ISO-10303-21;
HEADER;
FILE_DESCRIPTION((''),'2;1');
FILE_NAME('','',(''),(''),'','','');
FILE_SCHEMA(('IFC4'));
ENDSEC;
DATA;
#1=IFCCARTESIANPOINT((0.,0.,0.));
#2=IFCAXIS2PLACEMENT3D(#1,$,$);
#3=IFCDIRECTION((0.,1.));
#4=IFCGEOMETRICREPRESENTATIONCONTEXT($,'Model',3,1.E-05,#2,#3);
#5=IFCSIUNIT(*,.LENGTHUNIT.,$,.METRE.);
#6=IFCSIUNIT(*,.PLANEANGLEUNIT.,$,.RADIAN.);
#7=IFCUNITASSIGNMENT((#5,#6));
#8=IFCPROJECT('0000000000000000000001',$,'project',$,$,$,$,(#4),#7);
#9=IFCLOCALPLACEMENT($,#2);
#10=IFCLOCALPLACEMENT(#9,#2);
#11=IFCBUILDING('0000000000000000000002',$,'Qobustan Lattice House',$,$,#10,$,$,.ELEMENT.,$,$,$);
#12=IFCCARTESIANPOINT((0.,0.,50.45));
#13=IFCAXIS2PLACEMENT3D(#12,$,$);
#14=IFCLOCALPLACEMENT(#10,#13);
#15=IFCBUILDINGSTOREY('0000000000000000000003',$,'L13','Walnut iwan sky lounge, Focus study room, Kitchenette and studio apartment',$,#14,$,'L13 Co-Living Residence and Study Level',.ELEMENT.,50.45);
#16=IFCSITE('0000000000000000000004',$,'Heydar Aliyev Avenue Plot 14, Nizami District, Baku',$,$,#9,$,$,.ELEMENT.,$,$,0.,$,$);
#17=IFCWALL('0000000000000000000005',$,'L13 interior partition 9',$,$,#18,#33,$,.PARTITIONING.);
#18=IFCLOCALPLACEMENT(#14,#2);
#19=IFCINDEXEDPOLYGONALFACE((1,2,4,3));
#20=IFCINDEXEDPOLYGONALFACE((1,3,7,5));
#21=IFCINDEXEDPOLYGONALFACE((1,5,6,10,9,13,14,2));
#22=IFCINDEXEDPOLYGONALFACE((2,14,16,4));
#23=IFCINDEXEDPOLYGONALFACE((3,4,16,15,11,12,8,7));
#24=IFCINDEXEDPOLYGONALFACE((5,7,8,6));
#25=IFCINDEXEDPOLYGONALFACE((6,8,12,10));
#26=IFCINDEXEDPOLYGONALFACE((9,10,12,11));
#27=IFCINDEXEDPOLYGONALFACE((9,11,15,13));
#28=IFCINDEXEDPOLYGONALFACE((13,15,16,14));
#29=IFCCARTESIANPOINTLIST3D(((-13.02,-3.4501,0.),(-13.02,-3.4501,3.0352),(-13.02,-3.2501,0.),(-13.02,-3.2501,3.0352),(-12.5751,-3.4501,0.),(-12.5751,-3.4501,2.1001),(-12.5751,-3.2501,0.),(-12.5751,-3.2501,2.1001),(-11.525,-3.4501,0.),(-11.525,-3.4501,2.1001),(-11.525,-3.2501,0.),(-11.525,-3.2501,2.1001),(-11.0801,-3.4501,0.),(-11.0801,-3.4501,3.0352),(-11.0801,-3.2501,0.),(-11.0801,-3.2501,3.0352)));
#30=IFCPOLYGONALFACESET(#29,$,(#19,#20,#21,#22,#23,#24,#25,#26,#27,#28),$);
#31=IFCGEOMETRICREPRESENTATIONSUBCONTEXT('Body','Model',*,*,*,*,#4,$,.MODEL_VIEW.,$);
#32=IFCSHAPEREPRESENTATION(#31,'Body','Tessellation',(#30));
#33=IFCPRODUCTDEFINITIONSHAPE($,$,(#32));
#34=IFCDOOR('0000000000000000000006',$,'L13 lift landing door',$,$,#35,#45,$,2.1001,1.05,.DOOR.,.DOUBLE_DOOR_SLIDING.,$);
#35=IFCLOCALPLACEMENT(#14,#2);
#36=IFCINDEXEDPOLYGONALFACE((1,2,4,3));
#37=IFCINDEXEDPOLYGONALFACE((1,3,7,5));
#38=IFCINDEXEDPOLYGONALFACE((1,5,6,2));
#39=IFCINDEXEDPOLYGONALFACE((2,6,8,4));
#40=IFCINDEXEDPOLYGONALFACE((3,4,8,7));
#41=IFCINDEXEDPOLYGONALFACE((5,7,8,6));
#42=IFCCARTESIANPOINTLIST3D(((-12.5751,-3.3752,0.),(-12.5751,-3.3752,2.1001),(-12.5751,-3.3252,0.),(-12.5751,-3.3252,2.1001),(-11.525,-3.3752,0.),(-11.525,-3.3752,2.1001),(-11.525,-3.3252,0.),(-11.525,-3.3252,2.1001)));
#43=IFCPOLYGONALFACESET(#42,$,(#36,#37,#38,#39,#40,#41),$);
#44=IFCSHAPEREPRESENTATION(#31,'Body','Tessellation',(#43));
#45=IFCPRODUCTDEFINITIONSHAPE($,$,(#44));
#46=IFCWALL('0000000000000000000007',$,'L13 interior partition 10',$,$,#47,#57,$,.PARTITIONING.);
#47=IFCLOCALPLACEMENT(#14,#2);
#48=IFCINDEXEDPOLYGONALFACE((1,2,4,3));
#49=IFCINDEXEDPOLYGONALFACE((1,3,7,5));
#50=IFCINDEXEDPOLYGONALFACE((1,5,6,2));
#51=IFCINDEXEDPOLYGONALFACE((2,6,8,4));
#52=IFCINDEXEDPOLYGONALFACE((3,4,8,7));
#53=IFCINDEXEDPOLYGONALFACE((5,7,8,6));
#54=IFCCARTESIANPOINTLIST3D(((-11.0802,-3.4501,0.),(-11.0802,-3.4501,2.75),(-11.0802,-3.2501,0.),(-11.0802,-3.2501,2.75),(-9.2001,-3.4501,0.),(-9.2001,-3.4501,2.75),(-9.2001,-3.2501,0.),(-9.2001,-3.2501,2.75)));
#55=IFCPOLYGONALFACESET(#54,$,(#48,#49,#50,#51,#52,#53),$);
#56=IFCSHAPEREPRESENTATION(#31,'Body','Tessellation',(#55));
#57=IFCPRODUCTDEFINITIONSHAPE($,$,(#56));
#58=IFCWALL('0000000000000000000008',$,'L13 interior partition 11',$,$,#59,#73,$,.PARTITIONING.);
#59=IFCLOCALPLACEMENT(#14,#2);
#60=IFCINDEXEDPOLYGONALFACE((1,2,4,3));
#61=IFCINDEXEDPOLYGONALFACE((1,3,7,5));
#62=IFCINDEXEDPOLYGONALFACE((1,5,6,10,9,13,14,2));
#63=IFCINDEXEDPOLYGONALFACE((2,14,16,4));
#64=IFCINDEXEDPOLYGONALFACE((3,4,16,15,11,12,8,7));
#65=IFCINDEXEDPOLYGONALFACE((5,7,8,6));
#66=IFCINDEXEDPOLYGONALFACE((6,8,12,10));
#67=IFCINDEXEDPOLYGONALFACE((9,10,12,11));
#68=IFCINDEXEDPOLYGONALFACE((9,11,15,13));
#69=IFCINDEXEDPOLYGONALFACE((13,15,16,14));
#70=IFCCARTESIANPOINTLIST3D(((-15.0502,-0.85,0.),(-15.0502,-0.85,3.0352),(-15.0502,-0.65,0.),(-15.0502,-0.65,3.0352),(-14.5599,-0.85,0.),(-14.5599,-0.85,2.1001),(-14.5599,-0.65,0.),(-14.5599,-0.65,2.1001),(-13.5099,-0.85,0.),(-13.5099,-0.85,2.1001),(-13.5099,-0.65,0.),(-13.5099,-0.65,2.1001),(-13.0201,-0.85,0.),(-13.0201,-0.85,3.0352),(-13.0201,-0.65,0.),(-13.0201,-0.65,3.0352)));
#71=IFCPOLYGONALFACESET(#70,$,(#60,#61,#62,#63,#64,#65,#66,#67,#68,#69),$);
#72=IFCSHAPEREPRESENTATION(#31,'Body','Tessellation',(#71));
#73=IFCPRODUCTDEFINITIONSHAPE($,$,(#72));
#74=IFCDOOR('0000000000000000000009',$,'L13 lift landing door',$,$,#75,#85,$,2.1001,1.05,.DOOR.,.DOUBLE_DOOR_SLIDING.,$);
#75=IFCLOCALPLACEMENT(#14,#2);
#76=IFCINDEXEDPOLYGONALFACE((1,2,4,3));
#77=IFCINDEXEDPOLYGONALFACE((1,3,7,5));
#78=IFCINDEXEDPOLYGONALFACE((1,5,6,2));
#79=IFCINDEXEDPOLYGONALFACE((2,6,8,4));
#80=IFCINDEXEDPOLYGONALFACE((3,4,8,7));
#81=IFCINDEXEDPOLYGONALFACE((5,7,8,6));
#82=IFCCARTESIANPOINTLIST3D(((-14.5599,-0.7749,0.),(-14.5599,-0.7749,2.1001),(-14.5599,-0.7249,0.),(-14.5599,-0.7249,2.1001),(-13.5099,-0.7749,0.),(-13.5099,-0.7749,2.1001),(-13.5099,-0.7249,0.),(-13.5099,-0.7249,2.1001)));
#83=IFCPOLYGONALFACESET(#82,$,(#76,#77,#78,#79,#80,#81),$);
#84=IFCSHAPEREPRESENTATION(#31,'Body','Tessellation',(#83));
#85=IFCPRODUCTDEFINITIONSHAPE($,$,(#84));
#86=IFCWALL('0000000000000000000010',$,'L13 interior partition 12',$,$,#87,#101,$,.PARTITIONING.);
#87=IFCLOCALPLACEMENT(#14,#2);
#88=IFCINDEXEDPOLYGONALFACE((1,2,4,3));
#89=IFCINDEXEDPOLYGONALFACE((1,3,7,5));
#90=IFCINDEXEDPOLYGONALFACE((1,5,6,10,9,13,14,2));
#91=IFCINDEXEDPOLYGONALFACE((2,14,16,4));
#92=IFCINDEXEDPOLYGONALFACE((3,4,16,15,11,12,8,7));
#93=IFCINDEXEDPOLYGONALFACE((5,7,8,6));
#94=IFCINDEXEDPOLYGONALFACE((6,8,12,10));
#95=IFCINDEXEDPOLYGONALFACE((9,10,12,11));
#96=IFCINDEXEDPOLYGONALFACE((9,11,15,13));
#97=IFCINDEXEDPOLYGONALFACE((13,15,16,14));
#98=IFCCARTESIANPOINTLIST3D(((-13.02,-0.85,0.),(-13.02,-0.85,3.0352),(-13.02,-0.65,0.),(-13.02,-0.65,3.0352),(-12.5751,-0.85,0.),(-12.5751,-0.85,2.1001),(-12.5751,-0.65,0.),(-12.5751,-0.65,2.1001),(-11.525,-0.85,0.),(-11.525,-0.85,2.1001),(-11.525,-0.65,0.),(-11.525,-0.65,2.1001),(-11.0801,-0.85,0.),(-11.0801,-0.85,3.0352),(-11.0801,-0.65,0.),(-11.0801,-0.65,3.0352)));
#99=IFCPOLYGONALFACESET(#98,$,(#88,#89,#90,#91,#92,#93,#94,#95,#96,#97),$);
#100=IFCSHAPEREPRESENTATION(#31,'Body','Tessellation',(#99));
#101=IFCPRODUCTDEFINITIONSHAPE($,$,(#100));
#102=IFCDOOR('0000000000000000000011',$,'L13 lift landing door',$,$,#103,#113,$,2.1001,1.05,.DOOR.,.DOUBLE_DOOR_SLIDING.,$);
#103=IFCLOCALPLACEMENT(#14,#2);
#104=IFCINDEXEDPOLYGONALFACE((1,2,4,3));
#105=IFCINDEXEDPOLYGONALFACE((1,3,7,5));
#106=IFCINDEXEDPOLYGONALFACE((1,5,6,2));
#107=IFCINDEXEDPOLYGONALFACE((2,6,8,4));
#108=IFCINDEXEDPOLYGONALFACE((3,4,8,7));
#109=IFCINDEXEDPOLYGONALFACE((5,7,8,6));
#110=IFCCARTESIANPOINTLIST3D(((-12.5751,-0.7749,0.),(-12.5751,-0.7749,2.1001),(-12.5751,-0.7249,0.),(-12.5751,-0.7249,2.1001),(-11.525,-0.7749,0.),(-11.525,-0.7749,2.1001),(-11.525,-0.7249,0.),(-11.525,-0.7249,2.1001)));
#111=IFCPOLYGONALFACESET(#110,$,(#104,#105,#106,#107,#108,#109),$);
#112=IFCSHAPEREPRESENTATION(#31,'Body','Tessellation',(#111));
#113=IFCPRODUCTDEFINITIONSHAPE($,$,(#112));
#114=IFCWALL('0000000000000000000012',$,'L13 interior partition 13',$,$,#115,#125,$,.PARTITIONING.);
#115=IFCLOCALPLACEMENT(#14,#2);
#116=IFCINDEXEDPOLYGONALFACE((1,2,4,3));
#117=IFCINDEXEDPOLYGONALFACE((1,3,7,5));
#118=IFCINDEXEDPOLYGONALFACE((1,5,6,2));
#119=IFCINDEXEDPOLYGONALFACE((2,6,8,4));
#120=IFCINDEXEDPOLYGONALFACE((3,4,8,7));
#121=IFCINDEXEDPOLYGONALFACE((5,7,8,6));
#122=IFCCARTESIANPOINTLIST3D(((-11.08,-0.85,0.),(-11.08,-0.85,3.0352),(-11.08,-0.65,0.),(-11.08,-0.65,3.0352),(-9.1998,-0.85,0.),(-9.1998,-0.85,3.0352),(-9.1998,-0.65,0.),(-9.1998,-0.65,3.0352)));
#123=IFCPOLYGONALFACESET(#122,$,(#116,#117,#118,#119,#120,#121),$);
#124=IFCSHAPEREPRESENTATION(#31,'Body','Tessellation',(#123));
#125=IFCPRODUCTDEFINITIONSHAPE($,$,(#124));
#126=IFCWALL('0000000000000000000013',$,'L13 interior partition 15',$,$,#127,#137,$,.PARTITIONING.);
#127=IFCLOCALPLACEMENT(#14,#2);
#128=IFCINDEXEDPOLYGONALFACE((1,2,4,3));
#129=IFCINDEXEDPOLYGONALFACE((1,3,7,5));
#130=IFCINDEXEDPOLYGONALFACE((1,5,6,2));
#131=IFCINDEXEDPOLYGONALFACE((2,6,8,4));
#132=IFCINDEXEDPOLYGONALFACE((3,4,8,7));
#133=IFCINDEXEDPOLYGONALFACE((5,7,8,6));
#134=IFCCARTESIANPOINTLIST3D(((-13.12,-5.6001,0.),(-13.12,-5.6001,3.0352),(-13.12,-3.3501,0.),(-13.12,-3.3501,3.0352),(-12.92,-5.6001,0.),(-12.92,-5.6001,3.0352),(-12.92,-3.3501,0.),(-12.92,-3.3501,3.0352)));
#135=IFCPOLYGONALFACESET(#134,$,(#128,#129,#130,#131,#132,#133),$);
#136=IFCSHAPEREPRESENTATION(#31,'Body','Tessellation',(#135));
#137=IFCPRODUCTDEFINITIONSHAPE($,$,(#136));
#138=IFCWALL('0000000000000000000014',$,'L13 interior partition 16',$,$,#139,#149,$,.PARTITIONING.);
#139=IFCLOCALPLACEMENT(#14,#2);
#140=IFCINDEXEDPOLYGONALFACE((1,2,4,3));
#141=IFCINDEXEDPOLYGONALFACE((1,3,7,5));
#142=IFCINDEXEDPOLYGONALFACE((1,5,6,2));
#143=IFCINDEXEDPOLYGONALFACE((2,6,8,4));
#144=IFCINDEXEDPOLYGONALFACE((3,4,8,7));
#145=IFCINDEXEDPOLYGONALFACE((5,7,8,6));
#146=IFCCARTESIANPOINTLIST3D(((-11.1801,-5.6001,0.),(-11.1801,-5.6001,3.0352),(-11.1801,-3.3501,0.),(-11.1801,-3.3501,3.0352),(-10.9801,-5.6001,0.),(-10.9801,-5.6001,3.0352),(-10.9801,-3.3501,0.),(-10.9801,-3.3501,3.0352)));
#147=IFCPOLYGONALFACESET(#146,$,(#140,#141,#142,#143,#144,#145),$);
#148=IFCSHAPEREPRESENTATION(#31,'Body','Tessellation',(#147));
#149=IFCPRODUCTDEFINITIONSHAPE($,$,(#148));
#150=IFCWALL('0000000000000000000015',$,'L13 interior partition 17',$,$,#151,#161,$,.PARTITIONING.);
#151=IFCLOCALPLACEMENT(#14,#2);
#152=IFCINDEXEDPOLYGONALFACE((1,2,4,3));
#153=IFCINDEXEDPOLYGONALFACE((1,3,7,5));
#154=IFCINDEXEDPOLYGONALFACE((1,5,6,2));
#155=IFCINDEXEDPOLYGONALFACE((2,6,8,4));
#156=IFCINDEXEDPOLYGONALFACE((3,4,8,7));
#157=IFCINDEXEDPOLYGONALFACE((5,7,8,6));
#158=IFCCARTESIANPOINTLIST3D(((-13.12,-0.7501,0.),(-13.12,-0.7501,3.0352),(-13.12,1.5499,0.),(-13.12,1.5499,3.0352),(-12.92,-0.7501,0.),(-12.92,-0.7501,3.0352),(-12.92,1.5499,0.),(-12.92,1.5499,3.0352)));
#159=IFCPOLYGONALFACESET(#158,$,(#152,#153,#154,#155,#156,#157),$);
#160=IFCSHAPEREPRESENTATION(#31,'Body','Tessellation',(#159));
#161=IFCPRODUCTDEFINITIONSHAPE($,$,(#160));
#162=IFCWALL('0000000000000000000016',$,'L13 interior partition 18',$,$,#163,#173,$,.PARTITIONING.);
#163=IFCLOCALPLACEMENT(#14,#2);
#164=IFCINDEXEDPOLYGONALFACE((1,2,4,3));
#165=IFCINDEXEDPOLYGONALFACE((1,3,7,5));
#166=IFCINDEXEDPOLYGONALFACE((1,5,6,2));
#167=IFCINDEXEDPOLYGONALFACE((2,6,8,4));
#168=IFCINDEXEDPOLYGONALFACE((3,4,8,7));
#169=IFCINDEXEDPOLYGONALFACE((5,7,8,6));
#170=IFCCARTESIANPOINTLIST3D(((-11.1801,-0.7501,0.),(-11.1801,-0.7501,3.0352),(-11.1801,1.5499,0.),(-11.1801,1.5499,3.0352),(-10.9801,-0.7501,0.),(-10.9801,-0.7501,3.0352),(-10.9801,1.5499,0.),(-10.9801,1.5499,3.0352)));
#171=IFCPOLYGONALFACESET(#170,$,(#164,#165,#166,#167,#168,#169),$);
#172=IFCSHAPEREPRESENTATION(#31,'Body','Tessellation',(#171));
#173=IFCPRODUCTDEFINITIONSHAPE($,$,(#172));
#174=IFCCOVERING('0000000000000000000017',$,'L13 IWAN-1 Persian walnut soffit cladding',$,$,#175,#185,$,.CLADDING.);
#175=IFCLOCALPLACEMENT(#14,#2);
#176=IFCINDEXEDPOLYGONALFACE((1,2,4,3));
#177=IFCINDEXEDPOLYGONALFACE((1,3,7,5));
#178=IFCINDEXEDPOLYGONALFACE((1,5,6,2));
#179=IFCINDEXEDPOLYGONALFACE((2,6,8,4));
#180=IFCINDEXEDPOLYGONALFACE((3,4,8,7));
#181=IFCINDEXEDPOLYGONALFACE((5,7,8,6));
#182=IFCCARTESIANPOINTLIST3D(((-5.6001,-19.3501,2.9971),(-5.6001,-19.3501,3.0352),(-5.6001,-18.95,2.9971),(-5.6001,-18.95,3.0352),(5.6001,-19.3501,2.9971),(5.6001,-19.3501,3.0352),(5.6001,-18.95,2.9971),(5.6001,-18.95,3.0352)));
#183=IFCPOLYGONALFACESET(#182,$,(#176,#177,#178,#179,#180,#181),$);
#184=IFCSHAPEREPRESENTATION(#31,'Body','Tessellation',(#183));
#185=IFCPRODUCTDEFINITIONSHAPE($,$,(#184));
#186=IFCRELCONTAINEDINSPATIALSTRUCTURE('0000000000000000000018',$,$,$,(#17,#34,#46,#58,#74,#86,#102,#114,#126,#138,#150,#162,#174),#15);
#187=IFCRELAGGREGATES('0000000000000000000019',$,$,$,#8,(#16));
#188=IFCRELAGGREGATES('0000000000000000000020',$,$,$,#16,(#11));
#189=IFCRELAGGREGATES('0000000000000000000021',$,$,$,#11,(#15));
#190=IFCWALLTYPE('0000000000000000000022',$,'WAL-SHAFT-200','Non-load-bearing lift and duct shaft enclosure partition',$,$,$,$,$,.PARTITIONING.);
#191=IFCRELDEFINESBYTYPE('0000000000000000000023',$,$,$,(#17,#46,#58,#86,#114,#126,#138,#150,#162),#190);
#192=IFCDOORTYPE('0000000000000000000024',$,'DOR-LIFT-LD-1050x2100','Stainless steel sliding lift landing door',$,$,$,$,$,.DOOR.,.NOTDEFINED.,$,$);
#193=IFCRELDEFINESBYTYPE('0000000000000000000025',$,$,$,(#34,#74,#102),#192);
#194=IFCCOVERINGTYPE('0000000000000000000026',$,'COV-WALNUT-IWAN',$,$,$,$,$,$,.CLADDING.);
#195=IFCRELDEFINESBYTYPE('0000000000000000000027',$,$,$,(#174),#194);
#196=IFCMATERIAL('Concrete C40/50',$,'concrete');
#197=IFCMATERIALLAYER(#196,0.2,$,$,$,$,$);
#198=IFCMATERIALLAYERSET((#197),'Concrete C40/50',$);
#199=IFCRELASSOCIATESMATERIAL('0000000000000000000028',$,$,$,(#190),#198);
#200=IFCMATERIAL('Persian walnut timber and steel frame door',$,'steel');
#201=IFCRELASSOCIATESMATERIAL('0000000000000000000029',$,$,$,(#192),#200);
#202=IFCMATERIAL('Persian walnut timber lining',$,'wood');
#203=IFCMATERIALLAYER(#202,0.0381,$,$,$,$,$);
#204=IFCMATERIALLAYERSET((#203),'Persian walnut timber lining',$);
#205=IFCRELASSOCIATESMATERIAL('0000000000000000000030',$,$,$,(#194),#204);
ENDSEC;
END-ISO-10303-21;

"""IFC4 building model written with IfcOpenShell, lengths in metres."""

from ifc_helpers import new_model, si_unit, direction, frame, frame_2d, origin, place, context, subcontext, project, spatial, polyline, rectangle, outline, extrude, material, layer, layer_set, type_object, element, fill, save


model = new_model("IFC4")

# Units and contexts
model_context = context("Model", 3, precision=1e-05, world=origin(), true_north=direction((0.0, 1.0)))
body_context = subcontext(model_context, "Body", "Model", "MODEL_VIEW")
ifc_project = project(units=[si_unit("LENGTHUNIT", "METRE"), si_unit("PLANEANGLEUNIT", "RADIAN")], contexts=[model_context])

# Site, building, storey
site_placement = place(None, origin())
site = spatial("IfcSite", under=ifc_project, at=site_placement, Name="Heydar Aliyev Avenue Plot 14, Nizami District, Baku", CompositionType="ELEMENT", RefElevation=0.0)
building_placement = place(site_placement, origin())
building = spatial("IfcBuilding", under=site, at=building_placement, Name="Qobustan Lattice House", CompositionType="ELEMENT")
storey_placement = place(building_placement, frame((0.0, 0.0, 50.45)))
storey = spatial("IfcBuildingStorey", under=building, at=storey_placement, Name="L13", Description="Walnut iwan sky lounge, Focus study room, Kitchenette and studio apartment", LongName="L13 Co-Living Residence and Study Level", CompositionType="ELEMENT", Elevation=50.45)

# Wall, opening, door
ifc_material_1 = material(Name="Concrete C40/50", Category="concrete")
ifc_layer_1 = layer(ifc_material_1, 0.2)
ifc_layer_set_1 = layer_set([ifc_layer_1], Name="Concrete C40/50")
wall_type_1 = type_object("IfcWallType", Name="WAL-SHAFT-200", Description="Non-load-bearing lift and duct shaft enclosure partition", PredefinedType="PARTITIONING", material=ifc_layer_set_1)
ifc_material_2 = material(Name="Persian walnut timber and steel frame door", Category="steel")
door_type_1 = type_object("IfcDoorType", Name="DOR-LIFT-LD-1050x2100", Description="Stainless steel sliding lift landing door", OperationType="NOTDEFINED", PredefinedType="DOOR", material=ifc_material_2)
wall_1_placement = place(storey_placement, frame((-13.02, -3.3501, 0.0), z_axis=(0.0, 0.0, 1.0), x_axis=(1.0, 0.0, 0.0)))
wall_1 = element("IfcWall", 1, at=wall_1_placement, inside=storey, type_object=wall_type_1, Name="L13 interior partition 9", PredefinedType="PARTITIONING", context=body_context, shape_type="SweptSolid", body=[
    extrude(rectangle(XDim=1.9399, YDim=0.2, at=frame_2d((0.97, 0.0))), origin(), (0.0, 0.0, 1.0), 3.0352),
])
opening_1_placement = place(wall_1_placement, frame((0.4451, 0.0, 0.0)))
opening_1 = element("IfcOpeningElement", 2, at=opening_1_placement, cuts=wall_1, PredefinedType="OPENING", context=body_context, shape_type="SweptSolid", body=[
    extrude(rectangle(XDim=1.05, YDim=2.1001, at=frame_2d((0.5249, 1.05))), frame((0.0, 0.1099, 0.0), z_axis=(0.0, -1.0, 0.0), x_axis=(1.0, 0.0, 0.0)), (0.0, 0.0, 1.0), 0.22),
])
door_1_placement = place(opening_1_placement, origin())
door_1 = element("IfcDoor", 3, at=door_1_placement, inside=storey, type_object=door_type_1, Name="L13 lift landing door", OperationType="DOUBLE_DOOR_SLIDING", OverallHeight=2.1001, OverallWidth=1.05, PredefinedType="DOOR", context=body_context, shape_type="SweptSolid", body=[
    extrude(rectangle(XDim=1.05, YDim=2.1001, at=frame_2d((0.5249, 1.05))), frame((0.0, 0.0249, 0.0), z_axis=(0.0, -1.0, 0.0), x_axis=(1.0, 0.0, 0.0)), (0.0, 0.0, 1.0), 0.05),
])
fill(opening_1, door_1)

# Wall
wall_2_placement = place(storey_placement, frame((-11.0801, -3.3501, 0.0), z_axis=(0.0, 0.0, 1.0), x_axis=(1.0, 0.0, 0.0)))
element("IfcWall", 4, at=wall_2_placement, inside=storey, type_object=wall_type_1, Name="L13 interior partition 10", PredefinedType="PARTITIONING", context=body_context, shape_type="SweptSolid", body=[
    extrude(rectangle(XDim=1.8801, YDim=0.2, at=frame_2d((0.9399, 0.0))), origin(), (0.0, 0.0, 1.0), 2.75),
])

# Walls, openings, doors
wall_3_placement = place(storey_placement, frame((-13.02, -0.75, 0.0), z_axis=(0.0, 0.0, 1.0), x_axis=(-1.0, 0.0, 0.0)))
wall_3 = element("IfcWall", 5, at=wall_3_placement, inside=storey, type_object=wall_type_1, Name="L13 interior partition 11", PredefinedType="PARTITIONING", context=body_context, shape_type="SweptSolid", body=[
    extrude(rectangle(XDim=2.03, YDim=0.2, at=frame_2d((1.0151, 0.0))), origin(), (0.0, 0.0, 1.0), 3.0352),
])
opening_2_placement = place(wall_3_placement, frame((0.49, 0.0, 0.0)))
opening_2 = element("IfcOpeningElement", 6, at=opening_2_placement, cuts=wall_3, PredefinedType="OPENING", context=body_context, shape_type="SweptSolid", body=[
    extrude(rectangle(XDim=1.05, YDim=2.1001, at=frame_2d((0.5249, 1.05))), frame((0.0, 0.1099, 0.0), z_axis=(0.0, -1.0, 0.0), x_axis=(1.0, 0.0, 0.0)), (0.0, 0.0, 1.0), 0.22),
])
door_2_placement = place(opening_2_placement, origin())
door_2 = element("IfcDoor", 7, at=door_2_placement, inside=storey, type_object=door_type_1, Name="L13 lift landing door", OperationType="DOUBLE_DOOR_SLIDING", OverallHeight=2.1001, OverallWidth=1.05, PredefinedType="DOOR", context=body_context, shape_type="SweptSolid", body=[
    extrude(rectangle(XDim=1.05, YDim=2.1001, at=frame_2d((0.5249, 1.05))), frame((0.0, 0.0249, 0.0), z_axis=(0.0, -1.0, 0.0), x_axis=(1.0, 0.0, 0.0)), (0.0, 0.0, 1.0), 0.05),
])
fill(opening_2, door_2)
wall_4_placement = place(storey_placement, frame((-11.0801, -0.75, 0.0), z_axis=(0.0, 0.0, 1.0), x_axis=(-1.0, 0.0, 0.0)))
wall_4 = element("IfcWall", 8, at=wall_4_placement, inside=storey, type_object=wall_type_1, Name="L13 interior partition 12", PredefinedType="PARTITIONING", context=body_context, shape_type="SweptSolid", body=[
    extrude(rectangle(XDim=1.9399, YDim=0.2, at=frame_2d((0.97, 0.0))), origin(), (0.0, 0.0, 1.0), 3.0352),
])
opening_3_placement = place(wall_4_placement, frame((0.4451, 0.0, 0.0)))
opening_3 = element("IfcOpeningElement", 9, at=opening_3_placement, cuts=wall_4, PredefinedType="OPENING", context=body_context, shape_type="SweptSolid", body=[
    extrude(rectangle(XDim=1.05, YDim=2.1001, at=frame_2d((0.5249, 1.05))), frame((0.0, 0.1099, 0.0), z_axis=(0.0, -1.0, 0.0), x_axis=(1.0, 0.0, 0.0)), (0.0, 0.0, 1.0), 0.22),
])
door_3_placement = place(opening_3_placement, origin())
door_3 = element("IfcDoor", 10, at=door_3_placement, inside=storey, type_object=door_type_1, Name="L13 lift landing door", OperationType="DOUBLE_DOOR_SLIDING", OverallHeight=2.1001, OverallWidth=1.05, PredefinedType="DOOR", context=body_context, shape_type="SweptSolid", body=[
    extrude(rectangle(XDim=1.05, YDim=2.1001, at=frame_2d((0.5249, 1.05))), frame((0.0, 0.0249, 0.0), z_axis=(0.0, -1.0, 0.0), x_axis=(1.0, 0.0, 0.0)), (0.0, 0.0, 1.0), 0.05),
])
fill(opening_3, door_3)

# Walls
wall_5_placement = place(storey_placement, frame((-9.2, -0.75, 0.0), z_axis=(0.0, 0.0, 1.0), x_axis=(-1.0, 0.0, 0.0)))
element("IfcWall", 11, at=wall_5_placement, inside=storey, type_object=wall_type_1, Name="L13 interior partition 13", PredefinedType="PARTITIONING", context=body_context, shape_type="SweptSolid", body=[
    extrude(rectangle(XDim=1.8801, YDim=0.2, at=frame_2d((0.9399, 0.0))), origin(), (0.0, 0.0, 1.0), 3.0352),
])
for number, where, z_axis, x_axis, name in (
    (12, (-13.02, -5.6001, 0.0), (0.0, 0.0, 1.0), (0.0, 1.0, 0.0), "L13 interior partition 15"),
    (13, (-11.0801, -5.6001, 0.0), (0.0, 0.0, 1.0), (0.0, 1.0, 0.0), "L13 interior partition 16"),
):
    element("IfcWall", number, at=place(storey_placement, frame(where, z_axis=z_axis, x_axis=x_axis)), inside=storey, type_object=wall_type_1, Name=name, PredefinedType="PARTITIONING", context=body_context, shape_type="SweptSolid", body=[
        extrude(rectangle(XDim=2.25, YDim=0.2, at=frame_2d((1.125, 0.0))), origin(), (0.0, 0.0, 1.0), 3.0352),
    ])
for number, where, z_axis, x_axis, name in (
    (14, (-13.02, -0.75, 0.0), (0.0, 0.0, 1.0), (0.0, 1.0, 0.0), "L13 interior partition 17"),
    (15, (-11.0801, -0.75, 0.0), (0.0, 0.0, 1.0), (0.0, 1.0, 0.0), "L13 interior partition 18"),
):
    element("IfcWall", number, at=place(storey_placement, frame(where, z_axis=z_axis, x_axis=x_axis)), inside=storey, type_object=wall_type_1, Name=name, PredefinedType="PARTITIONING", context=body_context, shape_type="SweptSolid", body=[
        extrude(rectangle(XDim=2.3, YDim=0.2, at=frame_2d((1.1499, 0.0))), origin(), (0.0, 0.0, 1.0), 3.0352),
    ])

# Covering
ifc_material_3 = material(Name="Persian walnut timber lining", Category="wood")
ifc_layer_2 = layer(ifc_material_3, 0.0381)
ifc_layer_set_2 = layer_set([ifc_layer_2], Name="Persian walnut timber lining")
covering_type = type_object("IfcCoveringType", Name="COV-WALNUT-IWAN", PredefinedType="CLADDING", material=ifc_layer_set_2)
covering_placement = place(storey_placement, frame((0.0, 0.0, 2.9971)))
element("IfcCovering", 16, at=covering_placement, inside=storey, type_object=covering_type, Name="L13 IWAN-1 Persian walnut soffit cladding", PredefinedType="CLADDING", context=body_context, shape_type="SweptSolid", body=[
    extrude(outline(polyline([(5.6001, -19.3501), (-5.6001, -19.3501), (-5.6001, -18.95), (5.6001, -18.95), (5.6001, -19.3501)])), origin(), (0.0, 0.0, 1.0), 0.0381),
])

save(model, "model.ifc")
